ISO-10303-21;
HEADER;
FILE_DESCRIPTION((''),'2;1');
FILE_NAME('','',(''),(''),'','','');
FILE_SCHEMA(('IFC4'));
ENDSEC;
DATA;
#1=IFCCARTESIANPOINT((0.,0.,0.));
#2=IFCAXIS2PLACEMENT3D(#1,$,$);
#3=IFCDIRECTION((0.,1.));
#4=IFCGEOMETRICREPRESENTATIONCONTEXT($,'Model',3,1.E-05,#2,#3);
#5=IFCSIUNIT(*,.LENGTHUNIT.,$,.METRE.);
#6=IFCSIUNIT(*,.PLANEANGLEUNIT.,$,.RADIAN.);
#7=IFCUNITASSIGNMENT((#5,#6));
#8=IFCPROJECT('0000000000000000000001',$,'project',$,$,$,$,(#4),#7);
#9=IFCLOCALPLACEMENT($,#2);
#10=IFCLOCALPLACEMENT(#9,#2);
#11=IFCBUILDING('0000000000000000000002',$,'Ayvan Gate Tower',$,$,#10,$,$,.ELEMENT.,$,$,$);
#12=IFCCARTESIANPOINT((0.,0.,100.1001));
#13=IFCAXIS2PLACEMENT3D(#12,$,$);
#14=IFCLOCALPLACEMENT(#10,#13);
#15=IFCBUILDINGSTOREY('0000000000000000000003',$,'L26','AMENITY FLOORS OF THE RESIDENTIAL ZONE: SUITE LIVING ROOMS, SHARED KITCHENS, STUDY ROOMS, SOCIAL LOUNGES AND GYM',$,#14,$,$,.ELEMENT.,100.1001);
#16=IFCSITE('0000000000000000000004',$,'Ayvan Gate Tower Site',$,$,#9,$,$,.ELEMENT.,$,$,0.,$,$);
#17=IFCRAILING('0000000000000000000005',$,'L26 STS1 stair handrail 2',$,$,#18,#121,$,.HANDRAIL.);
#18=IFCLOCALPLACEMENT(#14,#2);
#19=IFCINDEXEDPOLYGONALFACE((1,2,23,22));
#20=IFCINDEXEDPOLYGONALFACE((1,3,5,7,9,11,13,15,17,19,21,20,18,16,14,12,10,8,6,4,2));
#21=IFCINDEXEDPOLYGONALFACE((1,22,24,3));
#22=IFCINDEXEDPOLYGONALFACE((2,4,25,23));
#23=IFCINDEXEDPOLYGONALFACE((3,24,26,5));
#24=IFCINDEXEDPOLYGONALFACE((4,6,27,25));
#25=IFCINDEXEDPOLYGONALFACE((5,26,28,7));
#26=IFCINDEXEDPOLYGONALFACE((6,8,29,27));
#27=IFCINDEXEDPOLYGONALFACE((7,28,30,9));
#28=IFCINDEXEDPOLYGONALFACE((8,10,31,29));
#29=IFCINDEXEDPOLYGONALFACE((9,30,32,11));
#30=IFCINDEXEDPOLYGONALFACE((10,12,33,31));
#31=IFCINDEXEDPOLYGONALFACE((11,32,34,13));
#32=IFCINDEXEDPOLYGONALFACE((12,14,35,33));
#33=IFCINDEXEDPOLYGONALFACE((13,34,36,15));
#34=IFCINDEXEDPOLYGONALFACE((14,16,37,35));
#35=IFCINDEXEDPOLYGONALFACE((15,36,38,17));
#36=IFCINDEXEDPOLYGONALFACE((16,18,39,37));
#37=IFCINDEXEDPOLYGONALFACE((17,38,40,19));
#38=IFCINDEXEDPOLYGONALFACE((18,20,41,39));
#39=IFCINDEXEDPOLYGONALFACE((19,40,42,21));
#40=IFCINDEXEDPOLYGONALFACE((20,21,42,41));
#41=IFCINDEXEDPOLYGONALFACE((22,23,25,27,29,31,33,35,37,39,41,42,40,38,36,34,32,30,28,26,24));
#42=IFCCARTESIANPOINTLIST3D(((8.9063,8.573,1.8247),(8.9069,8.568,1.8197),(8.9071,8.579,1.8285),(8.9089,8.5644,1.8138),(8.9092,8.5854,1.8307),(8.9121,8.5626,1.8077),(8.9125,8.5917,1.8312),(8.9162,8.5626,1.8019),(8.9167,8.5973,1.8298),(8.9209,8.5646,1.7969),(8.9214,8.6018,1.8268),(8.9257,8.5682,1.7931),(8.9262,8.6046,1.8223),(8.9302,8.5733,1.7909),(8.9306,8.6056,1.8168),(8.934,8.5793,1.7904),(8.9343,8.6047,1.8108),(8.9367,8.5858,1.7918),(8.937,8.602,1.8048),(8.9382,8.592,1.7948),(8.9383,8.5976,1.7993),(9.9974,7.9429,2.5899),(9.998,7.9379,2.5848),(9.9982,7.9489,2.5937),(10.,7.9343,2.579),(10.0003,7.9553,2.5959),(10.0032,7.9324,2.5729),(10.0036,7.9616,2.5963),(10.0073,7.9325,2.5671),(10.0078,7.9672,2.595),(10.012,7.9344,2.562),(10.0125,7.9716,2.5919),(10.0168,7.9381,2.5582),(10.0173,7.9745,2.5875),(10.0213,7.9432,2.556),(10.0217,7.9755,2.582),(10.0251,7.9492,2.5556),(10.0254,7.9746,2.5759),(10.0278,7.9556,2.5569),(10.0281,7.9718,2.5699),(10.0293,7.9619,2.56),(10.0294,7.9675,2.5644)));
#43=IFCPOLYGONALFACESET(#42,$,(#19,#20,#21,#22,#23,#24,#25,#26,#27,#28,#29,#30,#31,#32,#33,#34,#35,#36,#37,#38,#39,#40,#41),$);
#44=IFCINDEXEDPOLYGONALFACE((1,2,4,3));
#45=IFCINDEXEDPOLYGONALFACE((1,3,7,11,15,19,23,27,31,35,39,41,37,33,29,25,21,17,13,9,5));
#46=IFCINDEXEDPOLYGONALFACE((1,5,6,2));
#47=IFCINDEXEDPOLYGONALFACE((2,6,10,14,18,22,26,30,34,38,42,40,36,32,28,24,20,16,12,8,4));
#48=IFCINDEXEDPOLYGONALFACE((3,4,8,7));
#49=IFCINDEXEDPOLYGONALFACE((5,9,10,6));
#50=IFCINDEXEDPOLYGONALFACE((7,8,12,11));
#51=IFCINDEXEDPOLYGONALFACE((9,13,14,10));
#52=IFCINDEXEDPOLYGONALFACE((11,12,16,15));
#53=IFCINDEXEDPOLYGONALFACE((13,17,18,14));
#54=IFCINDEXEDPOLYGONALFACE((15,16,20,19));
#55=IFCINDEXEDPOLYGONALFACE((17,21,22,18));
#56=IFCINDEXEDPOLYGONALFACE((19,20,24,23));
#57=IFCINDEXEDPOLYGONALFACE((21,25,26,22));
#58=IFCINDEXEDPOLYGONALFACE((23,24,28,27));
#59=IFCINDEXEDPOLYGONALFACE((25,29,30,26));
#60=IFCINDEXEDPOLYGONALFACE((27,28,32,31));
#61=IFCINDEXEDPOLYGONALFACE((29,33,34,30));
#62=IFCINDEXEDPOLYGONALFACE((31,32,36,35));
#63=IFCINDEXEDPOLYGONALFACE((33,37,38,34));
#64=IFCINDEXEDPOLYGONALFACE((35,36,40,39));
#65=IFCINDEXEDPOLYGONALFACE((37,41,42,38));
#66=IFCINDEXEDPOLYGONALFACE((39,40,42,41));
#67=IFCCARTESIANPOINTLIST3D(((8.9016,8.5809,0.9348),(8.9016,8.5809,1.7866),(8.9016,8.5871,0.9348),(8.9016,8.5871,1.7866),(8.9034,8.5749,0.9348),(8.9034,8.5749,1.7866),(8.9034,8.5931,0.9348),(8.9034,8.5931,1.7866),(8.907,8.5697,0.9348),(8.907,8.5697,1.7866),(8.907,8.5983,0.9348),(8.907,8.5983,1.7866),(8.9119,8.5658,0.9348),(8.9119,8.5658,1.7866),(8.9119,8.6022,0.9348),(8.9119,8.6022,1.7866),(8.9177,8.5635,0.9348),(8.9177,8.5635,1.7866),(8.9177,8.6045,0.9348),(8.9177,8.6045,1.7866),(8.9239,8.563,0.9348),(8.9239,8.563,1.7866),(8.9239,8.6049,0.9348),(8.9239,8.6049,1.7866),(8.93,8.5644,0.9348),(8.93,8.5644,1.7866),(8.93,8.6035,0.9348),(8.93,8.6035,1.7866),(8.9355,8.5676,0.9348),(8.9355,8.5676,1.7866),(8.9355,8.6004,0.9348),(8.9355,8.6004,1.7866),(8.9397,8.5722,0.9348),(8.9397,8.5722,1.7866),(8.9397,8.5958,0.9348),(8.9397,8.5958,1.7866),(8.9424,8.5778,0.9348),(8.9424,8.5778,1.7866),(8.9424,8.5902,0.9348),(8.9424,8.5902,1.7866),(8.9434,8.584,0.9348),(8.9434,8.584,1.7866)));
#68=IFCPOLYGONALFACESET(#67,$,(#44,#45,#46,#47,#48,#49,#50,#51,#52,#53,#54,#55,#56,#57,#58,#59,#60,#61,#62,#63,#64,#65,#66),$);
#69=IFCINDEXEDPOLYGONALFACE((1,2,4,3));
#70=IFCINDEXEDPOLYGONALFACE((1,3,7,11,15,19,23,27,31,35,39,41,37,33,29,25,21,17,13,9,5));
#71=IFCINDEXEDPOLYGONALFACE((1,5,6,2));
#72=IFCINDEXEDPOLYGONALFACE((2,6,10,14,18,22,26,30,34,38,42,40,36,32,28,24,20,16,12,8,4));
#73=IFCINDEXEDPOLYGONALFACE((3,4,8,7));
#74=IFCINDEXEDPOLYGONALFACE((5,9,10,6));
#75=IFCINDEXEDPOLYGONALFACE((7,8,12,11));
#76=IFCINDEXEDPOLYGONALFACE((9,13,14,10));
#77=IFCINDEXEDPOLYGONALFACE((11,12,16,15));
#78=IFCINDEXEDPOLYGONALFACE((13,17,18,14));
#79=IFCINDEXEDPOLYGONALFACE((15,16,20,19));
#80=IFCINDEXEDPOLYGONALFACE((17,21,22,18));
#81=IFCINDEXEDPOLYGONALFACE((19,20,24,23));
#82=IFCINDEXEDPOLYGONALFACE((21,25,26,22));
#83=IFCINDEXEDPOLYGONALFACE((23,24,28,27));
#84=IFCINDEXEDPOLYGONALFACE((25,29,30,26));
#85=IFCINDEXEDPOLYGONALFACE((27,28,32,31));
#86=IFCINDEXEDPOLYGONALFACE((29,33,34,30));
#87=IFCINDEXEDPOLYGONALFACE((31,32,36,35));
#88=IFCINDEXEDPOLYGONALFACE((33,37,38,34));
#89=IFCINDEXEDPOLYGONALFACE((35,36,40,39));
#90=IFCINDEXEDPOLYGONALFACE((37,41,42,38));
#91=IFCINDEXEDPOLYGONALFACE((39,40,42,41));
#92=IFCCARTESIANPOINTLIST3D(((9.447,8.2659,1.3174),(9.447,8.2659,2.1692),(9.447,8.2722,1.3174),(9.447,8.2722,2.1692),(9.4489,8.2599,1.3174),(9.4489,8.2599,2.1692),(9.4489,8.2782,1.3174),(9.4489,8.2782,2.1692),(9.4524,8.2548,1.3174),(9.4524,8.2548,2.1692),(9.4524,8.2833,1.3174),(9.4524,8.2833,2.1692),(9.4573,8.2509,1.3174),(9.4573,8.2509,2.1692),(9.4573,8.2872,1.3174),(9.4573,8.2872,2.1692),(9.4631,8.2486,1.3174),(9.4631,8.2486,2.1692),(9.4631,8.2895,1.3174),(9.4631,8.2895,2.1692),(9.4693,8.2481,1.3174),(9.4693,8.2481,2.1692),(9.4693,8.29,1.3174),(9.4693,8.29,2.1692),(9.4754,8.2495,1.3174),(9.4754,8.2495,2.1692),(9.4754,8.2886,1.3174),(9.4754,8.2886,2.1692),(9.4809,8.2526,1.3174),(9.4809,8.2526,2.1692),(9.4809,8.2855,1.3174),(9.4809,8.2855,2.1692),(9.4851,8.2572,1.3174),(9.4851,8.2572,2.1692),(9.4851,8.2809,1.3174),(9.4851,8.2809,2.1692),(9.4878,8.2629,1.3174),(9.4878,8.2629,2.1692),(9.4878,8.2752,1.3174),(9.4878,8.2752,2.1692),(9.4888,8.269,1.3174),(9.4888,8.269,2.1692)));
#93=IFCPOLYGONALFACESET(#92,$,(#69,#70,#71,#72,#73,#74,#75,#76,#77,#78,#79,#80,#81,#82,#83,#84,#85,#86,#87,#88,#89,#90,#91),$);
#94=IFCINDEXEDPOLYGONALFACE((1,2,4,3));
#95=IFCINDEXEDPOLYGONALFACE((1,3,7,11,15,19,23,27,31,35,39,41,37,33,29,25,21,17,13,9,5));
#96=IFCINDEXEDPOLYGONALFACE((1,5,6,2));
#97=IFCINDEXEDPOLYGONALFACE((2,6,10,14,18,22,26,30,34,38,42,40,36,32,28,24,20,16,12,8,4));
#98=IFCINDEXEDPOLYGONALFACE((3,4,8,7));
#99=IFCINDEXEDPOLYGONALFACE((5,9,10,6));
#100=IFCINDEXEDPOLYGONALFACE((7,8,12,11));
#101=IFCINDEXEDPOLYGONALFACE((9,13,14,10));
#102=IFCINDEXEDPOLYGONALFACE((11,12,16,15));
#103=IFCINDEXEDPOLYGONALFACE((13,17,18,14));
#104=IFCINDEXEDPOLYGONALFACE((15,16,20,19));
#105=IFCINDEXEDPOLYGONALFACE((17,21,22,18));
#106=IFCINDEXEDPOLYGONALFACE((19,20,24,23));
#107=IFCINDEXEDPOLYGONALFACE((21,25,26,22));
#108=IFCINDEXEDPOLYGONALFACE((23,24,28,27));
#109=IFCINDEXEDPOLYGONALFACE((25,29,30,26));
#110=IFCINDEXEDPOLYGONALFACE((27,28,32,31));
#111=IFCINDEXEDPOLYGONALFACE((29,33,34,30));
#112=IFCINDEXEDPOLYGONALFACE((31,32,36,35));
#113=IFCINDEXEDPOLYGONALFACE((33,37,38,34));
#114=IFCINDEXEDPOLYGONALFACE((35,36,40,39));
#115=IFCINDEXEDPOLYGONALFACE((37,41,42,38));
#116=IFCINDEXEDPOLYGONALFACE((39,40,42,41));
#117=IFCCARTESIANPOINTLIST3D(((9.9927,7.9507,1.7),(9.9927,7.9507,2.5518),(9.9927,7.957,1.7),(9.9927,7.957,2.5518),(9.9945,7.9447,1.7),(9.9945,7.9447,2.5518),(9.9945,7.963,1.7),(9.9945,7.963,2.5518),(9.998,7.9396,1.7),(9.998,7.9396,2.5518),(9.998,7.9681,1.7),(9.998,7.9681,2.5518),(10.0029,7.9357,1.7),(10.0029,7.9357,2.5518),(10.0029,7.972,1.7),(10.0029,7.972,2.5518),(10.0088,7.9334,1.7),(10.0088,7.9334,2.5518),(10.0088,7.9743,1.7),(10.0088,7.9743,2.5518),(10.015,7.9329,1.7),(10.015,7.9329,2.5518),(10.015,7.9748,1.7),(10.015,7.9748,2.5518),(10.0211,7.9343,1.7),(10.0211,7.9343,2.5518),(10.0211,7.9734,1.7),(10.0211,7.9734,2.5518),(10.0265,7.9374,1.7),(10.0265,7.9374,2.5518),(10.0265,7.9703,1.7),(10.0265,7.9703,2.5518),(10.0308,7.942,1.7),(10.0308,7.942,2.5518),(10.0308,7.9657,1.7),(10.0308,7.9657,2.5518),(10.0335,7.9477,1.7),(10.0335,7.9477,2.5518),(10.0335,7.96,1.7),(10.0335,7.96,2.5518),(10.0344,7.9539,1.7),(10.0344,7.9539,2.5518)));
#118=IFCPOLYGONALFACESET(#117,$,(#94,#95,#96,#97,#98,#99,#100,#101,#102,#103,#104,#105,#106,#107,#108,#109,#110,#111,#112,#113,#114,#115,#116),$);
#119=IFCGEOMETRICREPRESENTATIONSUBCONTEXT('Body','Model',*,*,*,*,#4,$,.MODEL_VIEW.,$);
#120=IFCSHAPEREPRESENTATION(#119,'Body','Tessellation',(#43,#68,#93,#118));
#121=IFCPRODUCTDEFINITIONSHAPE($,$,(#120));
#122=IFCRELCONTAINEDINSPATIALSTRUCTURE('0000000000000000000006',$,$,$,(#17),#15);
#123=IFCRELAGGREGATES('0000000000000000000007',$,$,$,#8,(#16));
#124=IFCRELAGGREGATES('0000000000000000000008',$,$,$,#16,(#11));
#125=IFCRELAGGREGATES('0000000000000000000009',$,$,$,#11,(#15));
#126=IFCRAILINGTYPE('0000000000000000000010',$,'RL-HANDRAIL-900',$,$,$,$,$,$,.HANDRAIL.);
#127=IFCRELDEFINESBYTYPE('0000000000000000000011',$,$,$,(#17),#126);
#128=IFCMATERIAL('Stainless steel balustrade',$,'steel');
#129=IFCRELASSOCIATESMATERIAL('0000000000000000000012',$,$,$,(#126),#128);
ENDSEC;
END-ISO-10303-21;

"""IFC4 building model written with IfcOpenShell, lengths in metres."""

from ifc_helpers import new_model, si_unit, direction, frame, origin, origin_2d, place, context, subcontext, project, spatial, circle, extrude, material, type_object, element, save


model = new_model("IFC4")

# Units and contexts
model_context = context("Model", 3, precision=1e-05, world=origin(), true_north=direction((0.0, 1.0)))
body_context = subcontext(model_context, "Body", "Model", "MODEL_VIEW")
ifc_project = project(units=[si_unit("LENGTHUNIT", "METRE"), si_unit("PLANEANGLEUNIT", "RADIAN")], contexts=[model_context])

# Site, building, storey
site_placement = place(None, origin())
site = spatial("IfcSite", under=ifc_project, at=site_placement, Name="Ayvan Gate Tower Site", CompositionType="ELEMENT", RefElevation=0.0)
building_placement = place(site_placement, origin())
building = spatial("IfcBuilding", under=site, at=building_placement, Name="Ayvan Gate Tower", CompositionType="ELEMENT")
storey_placement = place(building_placement, frame((0.0, 0.0, 100.1001)))
storey = spatial("IfcBuildingStorey", under=building, at=storey_placement, Name="L26", Description="AMENITY FLOORS OF THE RESIDENTIAL ZONE: SUITE LIVING ROOMS, SHARED KITCHENS, STUDY ROOMS, SOCIAL LOUNGES AND GYM", CompositionType="ELEMENT", Elevation=100.1001)

# Railing
ifc_material_1 = material(Name="Stainless steel balustrade", Category="steel")
railing_type_1 = type_object("IfcRailingType", Name="RL-HANDRAIL-900", PredefinedType="HANDRAIL", material=ifc_material_1)
railing_1_placement = place(storey_placement, frame((8.9224, 8.584, 0.9348)))
element("IfcRailing", 1, at=railing_1_placement, inside=storey, type_object=railing_type_1, Name="L26 STS1 stair handrail 2", PredefinedType="HANDRAIL", context=body_context, shape_type="SweptSolid", body=[
    extrude(circle(Radius=0.0239, at=origin_2d()), frame((0.0, 0.0, 0.876), z_axis=(0.740166, -0.427471, 0.51906), x_axis=(0.500119, 0.865956, 0.0)), (0.0, 0.0, 1.0), 1.4741),
    extrude(circle(Radius=0.021, at=origin_2d()), origin(), (0.0, 0.0, 1.0), 0.8518),
    extrude(circle(Radius=0.021, at=origin_2d()), frame((0.5454, -0.3149, 0.3826)), (0.0, 0.0, 1.0), 0.8518),
    extrude(circle(Radius=0.021, at=origin_2d()), frame((1.0911, -0.6301, 0.7651)), (0.0, 0.0, 1.0), 0.8518),
])

save(model, "model.ifc")
